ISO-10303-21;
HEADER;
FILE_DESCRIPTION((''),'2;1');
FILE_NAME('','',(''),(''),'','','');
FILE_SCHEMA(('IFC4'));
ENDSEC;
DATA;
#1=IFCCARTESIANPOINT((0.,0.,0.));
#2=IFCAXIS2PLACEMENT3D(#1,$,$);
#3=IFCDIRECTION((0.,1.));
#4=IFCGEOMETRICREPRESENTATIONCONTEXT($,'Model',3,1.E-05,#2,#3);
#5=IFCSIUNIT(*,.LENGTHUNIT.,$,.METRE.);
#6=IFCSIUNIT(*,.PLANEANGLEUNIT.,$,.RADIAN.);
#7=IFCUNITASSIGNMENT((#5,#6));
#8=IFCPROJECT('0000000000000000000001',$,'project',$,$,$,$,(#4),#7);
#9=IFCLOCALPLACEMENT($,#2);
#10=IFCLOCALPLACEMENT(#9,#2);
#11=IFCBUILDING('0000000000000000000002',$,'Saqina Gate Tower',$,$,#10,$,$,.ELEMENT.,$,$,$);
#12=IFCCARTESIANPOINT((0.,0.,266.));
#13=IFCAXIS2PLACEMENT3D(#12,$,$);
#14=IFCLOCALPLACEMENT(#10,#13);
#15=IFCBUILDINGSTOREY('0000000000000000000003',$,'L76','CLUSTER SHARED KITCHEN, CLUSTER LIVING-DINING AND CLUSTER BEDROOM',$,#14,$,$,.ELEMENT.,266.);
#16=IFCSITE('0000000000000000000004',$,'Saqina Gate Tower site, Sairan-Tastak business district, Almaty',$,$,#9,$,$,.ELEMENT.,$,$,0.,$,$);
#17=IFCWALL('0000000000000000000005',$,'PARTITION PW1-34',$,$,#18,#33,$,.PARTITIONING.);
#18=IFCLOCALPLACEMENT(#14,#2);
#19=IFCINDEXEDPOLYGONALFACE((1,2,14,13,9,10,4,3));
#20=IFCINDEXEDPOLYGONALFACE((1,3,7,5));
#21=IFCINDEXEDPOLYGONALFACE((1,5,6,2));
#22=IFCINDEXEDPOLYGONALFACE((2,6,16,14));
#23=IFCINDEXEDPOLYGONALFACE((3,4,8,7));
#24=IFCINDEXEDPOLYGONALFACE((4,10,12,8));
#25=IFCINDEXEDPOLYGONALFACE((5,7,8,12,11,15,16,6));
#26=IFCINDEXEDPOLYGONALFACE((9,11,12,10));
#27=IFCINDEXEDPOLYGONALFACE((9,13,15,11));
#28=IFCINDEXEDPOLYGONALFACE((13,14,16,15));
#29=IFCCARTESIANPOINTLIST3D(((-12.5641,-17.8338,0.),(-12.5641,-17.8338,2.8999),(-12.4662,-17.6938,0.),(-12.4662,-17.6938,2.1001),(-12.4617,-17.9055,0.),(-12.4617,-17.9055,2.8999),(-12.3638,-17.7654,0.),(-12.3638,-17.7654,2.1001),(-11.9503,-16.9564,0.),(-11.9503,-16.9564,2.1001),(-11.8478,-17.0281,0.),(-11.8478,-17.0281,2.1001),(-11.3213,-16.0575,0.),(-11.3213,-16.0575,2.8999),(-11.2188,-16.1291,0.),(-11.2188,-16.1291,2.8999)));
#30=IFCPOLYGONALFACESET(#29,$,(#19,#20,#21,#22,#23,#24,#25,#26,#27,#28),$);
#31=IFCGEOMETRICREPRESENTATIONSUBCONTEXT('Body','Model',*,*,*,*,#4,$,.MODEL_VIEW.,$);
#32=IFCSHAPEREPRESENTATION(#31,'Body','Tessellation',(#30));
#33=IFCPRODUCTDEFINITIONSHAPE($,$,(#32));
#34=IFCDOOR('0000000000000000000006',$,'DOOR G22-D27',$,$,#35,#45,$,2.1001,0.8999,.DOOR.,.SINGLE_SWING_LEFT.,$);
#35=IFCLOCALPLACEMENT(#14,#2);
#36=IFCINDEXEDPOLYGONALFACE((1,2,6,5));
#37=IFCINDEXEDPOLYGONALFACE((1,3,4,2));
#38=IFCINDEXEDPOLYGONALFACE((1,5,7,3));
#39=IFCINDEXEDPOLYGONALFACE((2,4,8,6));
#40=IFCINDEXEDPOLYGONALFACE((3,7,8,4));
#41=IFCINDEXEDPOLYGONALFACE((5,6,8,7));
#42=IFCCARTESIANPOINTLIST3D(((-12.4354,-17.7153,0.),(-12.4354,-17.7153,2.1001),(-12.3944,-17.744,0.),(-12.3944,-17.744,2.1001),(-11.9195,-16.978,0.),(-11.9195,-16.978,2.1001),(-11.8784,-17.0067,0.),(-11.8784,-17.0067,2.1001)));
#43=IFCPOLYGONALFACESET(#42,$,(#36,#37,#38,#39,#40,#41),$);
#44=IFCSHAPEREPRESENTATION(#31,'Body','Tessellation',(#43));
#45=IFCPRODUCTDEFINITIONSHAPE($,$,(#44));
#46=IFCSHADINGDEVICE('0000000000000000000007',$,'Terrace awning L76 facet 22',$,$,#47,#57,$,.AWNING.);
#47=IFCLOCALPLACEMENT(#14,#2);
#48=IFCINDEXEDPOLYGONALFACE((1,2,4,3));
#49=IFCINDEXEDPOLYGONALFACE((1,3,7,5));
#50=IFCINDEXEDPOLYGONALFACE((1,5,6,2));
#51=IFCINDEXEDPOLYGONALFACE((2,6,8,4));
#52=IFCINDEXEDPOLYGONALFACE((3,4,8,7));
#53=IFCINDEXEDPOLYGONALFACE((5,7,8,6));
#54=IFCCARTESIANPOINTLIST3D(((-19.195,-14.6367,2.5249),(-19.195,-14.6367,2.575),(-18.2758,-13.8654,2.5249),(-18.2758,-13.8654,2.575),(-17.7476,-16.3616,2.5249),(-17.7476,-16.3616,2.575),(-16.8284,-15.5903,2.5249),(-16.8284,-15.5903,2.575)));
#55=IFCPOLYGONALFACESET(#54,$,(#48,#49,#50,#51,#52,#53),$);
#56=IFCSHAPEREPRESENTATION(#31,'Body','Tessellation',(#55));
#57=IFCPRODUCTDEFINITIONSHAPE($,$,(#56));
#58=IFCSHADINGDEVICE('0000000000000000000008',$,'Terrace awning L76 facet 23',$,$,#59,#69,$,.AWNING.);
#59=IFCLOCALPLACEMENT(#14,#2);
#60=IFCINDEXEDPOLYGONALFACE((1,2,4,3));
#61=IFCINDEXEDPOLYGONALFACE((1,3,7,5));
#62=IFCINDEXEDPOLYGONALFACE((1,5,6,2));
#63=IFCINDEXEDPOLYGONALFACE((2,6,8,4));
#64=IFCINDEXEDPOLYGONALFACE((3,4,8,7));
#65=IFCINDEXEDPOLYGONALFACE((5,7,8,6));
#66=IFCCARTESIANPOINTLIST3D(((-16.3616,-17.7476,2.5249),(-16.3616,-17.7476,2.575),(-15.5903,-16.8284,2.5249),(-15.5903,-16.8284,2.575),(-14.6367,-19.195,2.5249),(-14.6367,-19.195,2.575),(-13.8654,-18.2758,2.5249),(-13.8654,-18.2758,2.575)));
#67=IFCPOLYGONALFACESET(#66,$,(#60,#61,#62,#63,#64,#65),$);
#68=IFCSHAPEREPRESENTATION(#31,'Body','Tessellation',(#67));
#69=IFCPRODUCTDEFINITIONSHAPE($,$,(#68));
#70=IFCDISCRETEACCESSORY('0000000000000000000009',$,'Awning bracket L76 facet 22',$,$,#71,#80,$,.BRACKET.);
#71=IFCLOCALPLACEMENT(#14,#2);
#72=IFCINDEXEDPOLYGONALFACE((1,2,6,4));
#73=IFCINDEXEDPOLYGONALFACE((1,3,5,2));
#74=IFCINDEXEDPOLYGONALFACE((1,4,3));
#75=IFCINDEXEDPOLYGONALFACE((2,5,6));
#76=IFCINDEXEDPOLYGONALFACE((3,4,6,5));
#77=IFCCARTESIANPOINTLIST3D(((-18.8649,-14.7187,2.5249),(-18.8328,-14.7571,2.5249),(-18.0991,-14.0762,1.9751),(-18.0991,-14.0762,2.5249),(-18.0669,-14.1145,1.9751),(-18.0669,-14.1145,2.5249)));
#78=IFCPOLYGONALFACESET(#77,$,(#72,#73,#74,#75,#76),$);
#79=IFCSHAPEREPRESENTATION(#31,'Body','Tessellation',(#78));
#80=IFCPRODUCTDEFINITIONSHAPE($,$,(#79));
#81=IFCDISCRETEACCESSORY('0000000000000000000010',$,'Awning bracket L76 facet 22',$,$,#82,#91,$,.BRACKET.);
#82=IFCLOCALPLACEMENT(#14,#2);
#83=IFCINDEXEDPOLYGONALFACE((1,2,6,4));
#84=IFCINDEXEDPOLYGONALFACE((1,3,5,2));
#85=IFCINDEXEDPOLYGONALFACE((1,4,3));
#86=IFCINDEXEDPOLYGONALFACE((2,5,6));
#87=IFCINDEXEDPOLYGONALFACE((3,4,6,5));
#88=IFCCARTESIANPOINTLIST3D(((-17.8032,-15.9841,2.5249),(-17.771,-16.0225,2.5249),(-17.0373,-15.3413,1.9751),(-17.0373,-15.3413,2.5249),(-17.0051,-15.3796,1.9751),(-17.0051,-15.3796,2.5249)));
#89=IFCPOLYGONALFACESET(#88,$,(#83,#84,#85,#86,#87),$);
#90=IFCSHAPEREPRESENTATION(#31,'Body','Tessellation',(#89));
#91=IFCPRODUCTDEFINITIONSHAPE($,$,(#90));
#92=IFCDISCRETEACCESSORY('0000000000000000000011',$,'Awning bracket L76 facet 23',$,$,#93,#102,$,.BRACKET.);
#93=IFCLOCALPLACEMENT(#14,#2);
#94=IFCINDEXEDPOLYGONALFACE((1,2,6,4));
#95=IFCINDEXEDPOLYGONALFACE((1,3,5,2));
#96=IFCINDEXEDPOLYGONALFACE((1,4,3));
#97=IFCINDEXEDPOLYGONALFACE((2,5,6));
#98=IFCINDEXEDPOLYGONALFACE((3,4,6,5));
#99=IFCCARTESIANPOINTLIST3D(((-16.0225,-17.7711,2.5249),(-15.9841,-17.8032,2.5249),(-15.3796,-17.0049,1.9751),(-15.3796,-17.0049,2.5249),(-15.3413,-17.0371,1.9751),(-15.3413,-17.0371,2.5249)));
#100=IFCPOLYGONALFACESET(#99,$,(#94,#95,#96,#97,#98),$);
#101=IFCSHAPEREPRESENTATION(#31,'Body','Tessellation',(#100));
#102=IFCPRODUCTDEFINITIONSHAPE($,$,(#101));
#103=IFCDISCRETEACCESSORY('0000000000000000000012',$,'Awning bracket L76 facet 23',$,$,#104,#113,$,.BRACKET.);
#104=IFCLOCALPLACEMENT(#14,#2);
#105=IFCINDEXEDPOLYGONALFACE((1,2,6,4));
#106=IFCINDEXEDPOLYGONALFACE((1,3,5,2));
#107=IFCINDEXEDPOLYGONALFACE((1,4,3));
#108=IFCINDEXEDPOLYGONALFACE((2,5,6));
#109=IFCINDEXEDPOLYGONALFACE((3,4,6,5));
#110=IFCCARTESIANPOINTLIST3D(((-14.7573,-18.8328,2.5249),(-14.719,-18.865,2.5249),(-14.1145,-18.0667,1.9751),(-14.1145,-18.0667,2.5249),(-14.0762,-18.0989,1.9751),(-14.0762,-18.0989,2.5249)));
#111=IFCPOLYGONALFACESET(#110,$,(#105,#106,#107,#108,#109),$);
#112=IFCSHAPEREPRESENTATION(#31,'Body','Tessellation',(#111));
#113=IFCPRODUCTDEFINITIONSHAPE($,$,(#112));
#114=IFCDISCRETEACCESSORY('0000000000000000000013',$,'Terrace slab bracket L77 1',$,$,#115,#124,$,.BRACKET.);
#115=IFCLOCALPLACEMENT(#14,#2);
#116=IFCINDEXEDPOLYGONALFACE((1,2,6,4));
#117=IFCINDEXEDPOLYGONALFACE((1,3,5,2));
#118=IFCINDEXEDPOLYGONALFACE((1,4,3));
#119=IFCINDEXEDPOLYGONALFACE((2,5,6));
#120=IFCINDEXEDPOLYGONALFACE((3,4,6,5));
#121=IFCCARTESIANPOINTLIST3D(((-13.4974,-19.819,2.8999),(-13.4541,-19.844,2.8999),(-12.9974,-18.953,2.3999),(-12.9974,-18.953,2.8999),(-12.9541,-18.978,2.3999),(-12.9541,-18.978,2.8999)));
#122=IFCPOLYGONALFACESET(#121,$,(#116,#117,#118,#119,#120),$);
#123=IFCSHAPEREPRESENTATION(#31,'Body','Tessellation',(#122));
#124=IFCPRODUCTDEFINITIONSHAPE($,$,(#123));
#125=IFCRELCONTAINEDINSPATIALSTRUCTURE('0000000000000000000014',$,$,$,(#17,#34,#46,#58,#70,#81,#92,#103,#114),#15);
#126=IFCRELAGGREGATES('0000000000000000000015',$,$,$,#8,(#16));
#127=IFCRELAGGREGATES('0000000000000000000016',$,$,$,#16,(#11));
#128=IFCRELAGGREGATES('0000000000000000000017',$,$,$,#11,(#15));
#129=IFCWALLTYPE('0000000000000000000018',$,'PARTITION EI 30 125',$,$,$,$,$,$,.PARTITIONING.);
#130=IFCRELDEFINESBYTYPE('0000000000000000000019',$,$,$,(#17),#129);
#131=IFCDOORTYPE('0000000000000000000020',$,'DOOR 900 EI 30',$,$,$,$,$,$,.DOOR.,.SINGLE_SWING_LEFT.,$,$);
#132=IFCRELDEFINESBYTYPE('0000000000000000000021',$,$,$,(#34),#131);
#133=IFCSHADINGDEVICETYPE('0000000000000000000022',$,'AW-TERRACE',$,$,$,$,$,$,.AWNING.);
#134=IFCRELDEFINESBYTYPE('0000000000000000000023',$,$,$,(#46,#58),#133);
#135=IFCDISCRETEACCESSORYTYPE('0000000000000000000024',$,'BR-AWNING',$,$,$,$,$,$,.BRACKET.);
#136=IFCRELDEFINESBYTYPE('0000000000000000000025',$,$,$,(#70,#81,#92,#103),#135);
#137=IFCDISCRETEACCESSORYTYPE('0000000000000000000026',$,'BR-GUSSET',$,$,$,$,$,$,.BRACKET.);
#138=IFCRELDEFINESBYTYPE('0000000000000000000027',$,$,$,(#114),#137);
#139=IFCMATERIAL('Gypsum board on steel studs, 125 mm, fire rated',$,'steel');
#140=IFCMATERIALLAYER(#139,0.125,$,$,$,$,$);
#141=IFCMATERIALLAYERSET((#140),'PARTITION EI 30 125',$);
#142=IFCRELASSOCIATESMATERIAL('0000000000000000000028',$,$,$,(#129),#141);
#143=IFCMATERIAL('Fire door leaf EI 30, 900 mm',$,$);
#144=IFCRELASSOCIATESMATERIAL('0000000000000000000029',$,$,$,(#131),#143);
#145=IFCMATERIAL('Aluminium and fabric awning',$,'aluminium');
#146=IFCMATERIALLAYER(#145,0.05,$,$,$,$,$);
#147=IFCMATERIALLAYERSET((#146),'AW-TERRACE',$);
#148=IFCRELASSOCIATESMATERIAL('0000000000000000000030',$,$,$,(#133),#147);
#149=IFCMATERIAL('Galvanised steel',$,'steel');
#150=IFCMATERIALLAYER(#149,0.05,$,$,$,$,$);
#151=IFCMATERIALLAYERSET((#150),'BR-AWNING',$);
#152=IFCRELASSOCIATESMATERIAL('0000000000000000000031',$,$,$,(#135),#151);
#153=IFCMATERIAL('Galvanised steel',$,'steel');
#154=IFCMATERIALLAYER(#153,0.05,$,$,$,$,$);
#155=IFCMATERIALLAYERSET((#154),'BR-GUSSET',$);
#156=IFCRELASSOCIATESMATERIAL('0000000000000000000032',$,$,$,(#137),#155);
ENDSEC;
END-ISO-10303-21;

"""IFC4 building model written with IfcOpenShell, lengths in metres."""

from ifc_helpers import new_model, si_unit, direction, frame, frame_2d, origin, origin_2d, place, context, subcontext, project, spatial, polyline, rectangle, outline, extrude, material, layer, layer_set, type_object, element, fill, save


model = new_model("IFC4")

# Units and contexts
model_context = context("Model", 3, precision=1e-05, world=origin(), true_north=direction((0.0, 1.0)))
body_context = subcontext(model_context, "Body", "Model", "MODEL_VIEW")
ifc_project = project(units=[si_unit("LENGTHUNIT", "METRE"), si_unit("PLANEANGLEUNIT", "RADIAN")], contexts=[model_context])

# Site, building, storey
site_placement = place(None, origin())
site = spatial("IfcSite", under=ifc_project, at=site_placement, Name="Saqina Gate Tower site, Sairan-Tastak business district, Almaty", CompositionType="ELEMENT", RefElevation=0.0)
building_placement = place(site_placement, origin())
building = spatial("IfcBuilding", under=site, at=building_placement, Name="Saqina Gate Tower", CompositionType="ELEMENT")
storey_placement = place(building_placement, frame((0.0, 0.0, 266.0)))
storey = spatial("IfcBuildingStorey", under=building, at=storey_placement, Name="L76", Description="CLUSTER SHARED KITCHEN, CLUSTER LIVING-DINING AND CLUSTER BEDROOM", CompositionType="ELEMENT", Elevation=266.0)

# Wall, opening, door
ifc_material_1 = material(Name="Gypsum board on steel studs, 125 mm, fire rated", Category="steel")
ifc_layer_1 = layer(ifc_material_1, 0.125)
ifc_layer_set_1 = layer_set([ifc_layer_1], Name="PARTITION EI 30 125")
wall_type_1 = type_object("IfcWallType", Name="PARTITION EI 30 125", PredefinedType="PARTITIONING", material=ifc_layer_set_1)
wall_1_placement = place(storey_placement, frame((-12.5129, -17.8696, 0.0), z_axis=(0.0, 0.0, 1.0), x_axis=(0.573296, 0.819348, 0.0)))
wall_1 = element("IfcWall", 1, at=wall_1_placement, inside=storey, type_object=wall_type_1, Name="PARTITION PW1-34", PredefinedType="PARTITIONING", context=body_context, shape_type="SweptSolid", body=[
    extrude(rectangle(XDim=2.168, YDim=0.125, at=frame_2d((1.084, 0.0))), origin(), (0.0, 0.0, 1.0), 2.8999),
])
opening_1_placement = place(wall_1_placement, frame((0.1709, 0.0, 0.0)))
opening_1 = element("IfcOpeningElement", 2, at=opening_1_placement, cuts=wall_1, PredefinedType="OPENING", context=body_context, shape_type="SweptSolid", body=[
    extrude(rectangle(XDim=0.8999, YDim=2.1001, at=frame_2d((0.45, 1.05))), frame((0.0, 0.0745, 0.0), z_axis=(0.0, -1.0, 0.0), x_axis=(1.0, 0.0, 0.0)), (0.0, 0.0, 1.0), 0.1489),
])
ifc_material_2 = material(Name="Fire door leaf EI 30, 900 mm")
door_type_1 = type_object("IfcDoorType", Name="DOOR 900 EI 30", OperationType="SINGLE_SWING_LEFT", PredefinedType="DOOR", material=ifc_material_2)
door_1_placement = place(opening_1_placement, origin())
door_1 = element("IfcDoor", 3, at=door_1_placement, inside=storey, type_object=door_type_1, Name="DOOR G22-D27", OperationType="SINGLE_SWING_LEFT", OverallHeight=2.1001, OverallWidth=0.8999, PredefinedType="DOOR", context=body_context, shape_type="SweptSolid", body=[
    extrude(rectangle(XDim=0.8999, YDim=2.1001, at=frame_2d((0.45, 1.05))), frame((0.0, 0.0249, 0.0), z_axis=(0.0, -1.0, 0.0), x_axis=(1.0, 0.0, 0.0)), (0.0, 0.0, 1.0), 0.05),
])
fill(opening_1, door_1)

# Shading devices
ifc_material_3 = material(Name="Aluminium and fabric awning", Category="aluminium")
ifc_layer_2 = layer(ifc_material_3, 0.05)
ifc_layer_set_2 = layer_set([ifc_layer_2], Name="AW-TERRACE")
shading_device_type = type_object("IfcShadingDeviceType", Name="AW-TERRACE", PredefinedType="AWNING", material=ifc_layer_set_2)
for number, where, z_axis, x_axis, name in (
    (4, (-18.0117, -15.1135, 2.5249), (0.0, 0.0, 1.0), (0.642788, -0.766044, 0.0), "Terrace awning L76 facet 22"),
    (5, (-15.1135, -18.0117, 2.5249), (0.0, 0.0, 1.0), (0.766044, -0.642788, 0.0), "Terrace awning L76 facet 23"),
):
    element("IfcShadingDevice", number, at=place(storey_placement, frame(where, z_axis=z_axis, x_axis=x_axis)), inside=storey, type_object=shading_device_type, Name=name, PredefinedType="AWNING", context=body_context, shape_type="SweptSolid", body=[
        extrude(rectangle(XDim=2.2517, YDim=1.2, at=origin_2d()), origin(), (0.0, 0.0, 1.0), 0.05),
    ])

# Discrete accessories
ifc_material_4 = material(Name="Galvanised steel", Category="steel")
ifc_layer_3 = layer(ifc_material_4, 0.05)
ifc_layer_set_3 = layer_set([ifc_layer_3], Name="BR-AWNING")
discrete_accessory_type_1 = type_object("IfcDiscreteAccessoryType", Name="BR-AWNING", PredefinedType="BRACKET", material=ifc_layer_set_3)
discrete_accessory_1_placement = place(storey_placement, frame((-18.0669, -14.1145, 1.9751), z_axis=(0.642751, -0.766075, 0.0), x_axis=(0.0, 0.0, 1.0)))
element("IfcDiscreteAccessory", 6, at=discrete_accessory_1_placement, inside=storey, type_object=discrete_accessory_type_1, Name="Awning bracket L76 facet 22", PredefinedType="BRACKET", context=body_context, shape_type="SweptSolid", body=[
    extrude(outline(polyline([(0.0, 0.0), (0.5498, 0.0), (0.5498, 0.9997), (0.0, 0.0)])), origin(), (0.0, 0.0, -1.0), 0.05),
])
discrete_accessory_2_placement = place(storey_placement, frame((-17.0051, -15.3796, 1.9751), z_axis=(0.642894, -0.765955, 0.0), x_axis=(0.0, 0.0, 1.0)))
element("IfcDiscreteAccessory", 7, at=discrete_accessory_2_placement, inside=storey, type_object=discrete_accessory_type_1, Name="Awning bracket L76 facet 22", PredefinedType="BRACKET", context=body_context, shape_type="SweptSolid", body=[
    extrude(outline(polyline([(0.0, 0.0), (0.5498, 0.0), (0.5498, 0.9999), (0.0, 0.0)])), origin(), (0.0, 0.0, -1.0), 0.05),
])
for number, where, z_axis, x_axis, name in (
    (8, (-15.3413, -17.0371, 1.9751), (0.766056, -0.642774, 0.0), (0.0, 0.0, 1.0), "Awning bracket L76 facet 23"),
    (9, (-14.0762, -18.0989, 1.9751), (0.766056, -0.642774, 0.0), (0.0, 0.0, 1.0), "Awning bracket L76 facet 23"),
):
    element("IfcDiscreteAccessory", number, at=place(storey_placement, frame(where, z_axis=z_axis, x_axis=x_axis)), inside=storey, type_object=discrete_accessory_type_1, Name=name, PredefinedType="BRACKET", context=body_context, shape_type="SweptSolid", body=[
        extrude(outline(polyline([(0.0, 0.0), (0.5498, 0.0), (0.5498, 1.0001), (0.0, 0.0)])), origin(), (0.0, 0.0, -1.0), 0.05),
    ])
ifc_material_5 = material(Name="Galvanised steel", Category="steel")
ifc_layer_4 = layer(ifc_material_5, 0.05)
ifc_layer_set_4 = layer_set([ifc_layer_4], Name="BR-GUSSET")
discrete_accessory_type_2 = type_object("IfcDiscreteAccessoryType", Name="BR-GUSSET", PredefinedType="BRACKET", material=ifc_layer_set_4)
discrete_accessory_3_placement = place(storey_placement, frame((-12.9541, -18.978, 2.3999), z_axis=(0.866011, -0.500025, 0.0), x_axis=(0.0, 0.0, 1.0)))
element("IfcDiscreteAccessory", 10, at=discrete_accessory_3_placement, inside=storey, type_object=discrete_accessory_type_2, Name="Terrace slab bracket L77 1", PredefinedType="BRACKET", context=body_context, shape_type="SweptSolid", body=[
    extrude(outline(polyline([(0.0, 0.0), (0.5, 0.0), (0.5, 0.9999), (0.0, 0.0)])), origin(), (0.0, 0.0, -1.0), 0.05),
])

save(model, "model.ifc")
